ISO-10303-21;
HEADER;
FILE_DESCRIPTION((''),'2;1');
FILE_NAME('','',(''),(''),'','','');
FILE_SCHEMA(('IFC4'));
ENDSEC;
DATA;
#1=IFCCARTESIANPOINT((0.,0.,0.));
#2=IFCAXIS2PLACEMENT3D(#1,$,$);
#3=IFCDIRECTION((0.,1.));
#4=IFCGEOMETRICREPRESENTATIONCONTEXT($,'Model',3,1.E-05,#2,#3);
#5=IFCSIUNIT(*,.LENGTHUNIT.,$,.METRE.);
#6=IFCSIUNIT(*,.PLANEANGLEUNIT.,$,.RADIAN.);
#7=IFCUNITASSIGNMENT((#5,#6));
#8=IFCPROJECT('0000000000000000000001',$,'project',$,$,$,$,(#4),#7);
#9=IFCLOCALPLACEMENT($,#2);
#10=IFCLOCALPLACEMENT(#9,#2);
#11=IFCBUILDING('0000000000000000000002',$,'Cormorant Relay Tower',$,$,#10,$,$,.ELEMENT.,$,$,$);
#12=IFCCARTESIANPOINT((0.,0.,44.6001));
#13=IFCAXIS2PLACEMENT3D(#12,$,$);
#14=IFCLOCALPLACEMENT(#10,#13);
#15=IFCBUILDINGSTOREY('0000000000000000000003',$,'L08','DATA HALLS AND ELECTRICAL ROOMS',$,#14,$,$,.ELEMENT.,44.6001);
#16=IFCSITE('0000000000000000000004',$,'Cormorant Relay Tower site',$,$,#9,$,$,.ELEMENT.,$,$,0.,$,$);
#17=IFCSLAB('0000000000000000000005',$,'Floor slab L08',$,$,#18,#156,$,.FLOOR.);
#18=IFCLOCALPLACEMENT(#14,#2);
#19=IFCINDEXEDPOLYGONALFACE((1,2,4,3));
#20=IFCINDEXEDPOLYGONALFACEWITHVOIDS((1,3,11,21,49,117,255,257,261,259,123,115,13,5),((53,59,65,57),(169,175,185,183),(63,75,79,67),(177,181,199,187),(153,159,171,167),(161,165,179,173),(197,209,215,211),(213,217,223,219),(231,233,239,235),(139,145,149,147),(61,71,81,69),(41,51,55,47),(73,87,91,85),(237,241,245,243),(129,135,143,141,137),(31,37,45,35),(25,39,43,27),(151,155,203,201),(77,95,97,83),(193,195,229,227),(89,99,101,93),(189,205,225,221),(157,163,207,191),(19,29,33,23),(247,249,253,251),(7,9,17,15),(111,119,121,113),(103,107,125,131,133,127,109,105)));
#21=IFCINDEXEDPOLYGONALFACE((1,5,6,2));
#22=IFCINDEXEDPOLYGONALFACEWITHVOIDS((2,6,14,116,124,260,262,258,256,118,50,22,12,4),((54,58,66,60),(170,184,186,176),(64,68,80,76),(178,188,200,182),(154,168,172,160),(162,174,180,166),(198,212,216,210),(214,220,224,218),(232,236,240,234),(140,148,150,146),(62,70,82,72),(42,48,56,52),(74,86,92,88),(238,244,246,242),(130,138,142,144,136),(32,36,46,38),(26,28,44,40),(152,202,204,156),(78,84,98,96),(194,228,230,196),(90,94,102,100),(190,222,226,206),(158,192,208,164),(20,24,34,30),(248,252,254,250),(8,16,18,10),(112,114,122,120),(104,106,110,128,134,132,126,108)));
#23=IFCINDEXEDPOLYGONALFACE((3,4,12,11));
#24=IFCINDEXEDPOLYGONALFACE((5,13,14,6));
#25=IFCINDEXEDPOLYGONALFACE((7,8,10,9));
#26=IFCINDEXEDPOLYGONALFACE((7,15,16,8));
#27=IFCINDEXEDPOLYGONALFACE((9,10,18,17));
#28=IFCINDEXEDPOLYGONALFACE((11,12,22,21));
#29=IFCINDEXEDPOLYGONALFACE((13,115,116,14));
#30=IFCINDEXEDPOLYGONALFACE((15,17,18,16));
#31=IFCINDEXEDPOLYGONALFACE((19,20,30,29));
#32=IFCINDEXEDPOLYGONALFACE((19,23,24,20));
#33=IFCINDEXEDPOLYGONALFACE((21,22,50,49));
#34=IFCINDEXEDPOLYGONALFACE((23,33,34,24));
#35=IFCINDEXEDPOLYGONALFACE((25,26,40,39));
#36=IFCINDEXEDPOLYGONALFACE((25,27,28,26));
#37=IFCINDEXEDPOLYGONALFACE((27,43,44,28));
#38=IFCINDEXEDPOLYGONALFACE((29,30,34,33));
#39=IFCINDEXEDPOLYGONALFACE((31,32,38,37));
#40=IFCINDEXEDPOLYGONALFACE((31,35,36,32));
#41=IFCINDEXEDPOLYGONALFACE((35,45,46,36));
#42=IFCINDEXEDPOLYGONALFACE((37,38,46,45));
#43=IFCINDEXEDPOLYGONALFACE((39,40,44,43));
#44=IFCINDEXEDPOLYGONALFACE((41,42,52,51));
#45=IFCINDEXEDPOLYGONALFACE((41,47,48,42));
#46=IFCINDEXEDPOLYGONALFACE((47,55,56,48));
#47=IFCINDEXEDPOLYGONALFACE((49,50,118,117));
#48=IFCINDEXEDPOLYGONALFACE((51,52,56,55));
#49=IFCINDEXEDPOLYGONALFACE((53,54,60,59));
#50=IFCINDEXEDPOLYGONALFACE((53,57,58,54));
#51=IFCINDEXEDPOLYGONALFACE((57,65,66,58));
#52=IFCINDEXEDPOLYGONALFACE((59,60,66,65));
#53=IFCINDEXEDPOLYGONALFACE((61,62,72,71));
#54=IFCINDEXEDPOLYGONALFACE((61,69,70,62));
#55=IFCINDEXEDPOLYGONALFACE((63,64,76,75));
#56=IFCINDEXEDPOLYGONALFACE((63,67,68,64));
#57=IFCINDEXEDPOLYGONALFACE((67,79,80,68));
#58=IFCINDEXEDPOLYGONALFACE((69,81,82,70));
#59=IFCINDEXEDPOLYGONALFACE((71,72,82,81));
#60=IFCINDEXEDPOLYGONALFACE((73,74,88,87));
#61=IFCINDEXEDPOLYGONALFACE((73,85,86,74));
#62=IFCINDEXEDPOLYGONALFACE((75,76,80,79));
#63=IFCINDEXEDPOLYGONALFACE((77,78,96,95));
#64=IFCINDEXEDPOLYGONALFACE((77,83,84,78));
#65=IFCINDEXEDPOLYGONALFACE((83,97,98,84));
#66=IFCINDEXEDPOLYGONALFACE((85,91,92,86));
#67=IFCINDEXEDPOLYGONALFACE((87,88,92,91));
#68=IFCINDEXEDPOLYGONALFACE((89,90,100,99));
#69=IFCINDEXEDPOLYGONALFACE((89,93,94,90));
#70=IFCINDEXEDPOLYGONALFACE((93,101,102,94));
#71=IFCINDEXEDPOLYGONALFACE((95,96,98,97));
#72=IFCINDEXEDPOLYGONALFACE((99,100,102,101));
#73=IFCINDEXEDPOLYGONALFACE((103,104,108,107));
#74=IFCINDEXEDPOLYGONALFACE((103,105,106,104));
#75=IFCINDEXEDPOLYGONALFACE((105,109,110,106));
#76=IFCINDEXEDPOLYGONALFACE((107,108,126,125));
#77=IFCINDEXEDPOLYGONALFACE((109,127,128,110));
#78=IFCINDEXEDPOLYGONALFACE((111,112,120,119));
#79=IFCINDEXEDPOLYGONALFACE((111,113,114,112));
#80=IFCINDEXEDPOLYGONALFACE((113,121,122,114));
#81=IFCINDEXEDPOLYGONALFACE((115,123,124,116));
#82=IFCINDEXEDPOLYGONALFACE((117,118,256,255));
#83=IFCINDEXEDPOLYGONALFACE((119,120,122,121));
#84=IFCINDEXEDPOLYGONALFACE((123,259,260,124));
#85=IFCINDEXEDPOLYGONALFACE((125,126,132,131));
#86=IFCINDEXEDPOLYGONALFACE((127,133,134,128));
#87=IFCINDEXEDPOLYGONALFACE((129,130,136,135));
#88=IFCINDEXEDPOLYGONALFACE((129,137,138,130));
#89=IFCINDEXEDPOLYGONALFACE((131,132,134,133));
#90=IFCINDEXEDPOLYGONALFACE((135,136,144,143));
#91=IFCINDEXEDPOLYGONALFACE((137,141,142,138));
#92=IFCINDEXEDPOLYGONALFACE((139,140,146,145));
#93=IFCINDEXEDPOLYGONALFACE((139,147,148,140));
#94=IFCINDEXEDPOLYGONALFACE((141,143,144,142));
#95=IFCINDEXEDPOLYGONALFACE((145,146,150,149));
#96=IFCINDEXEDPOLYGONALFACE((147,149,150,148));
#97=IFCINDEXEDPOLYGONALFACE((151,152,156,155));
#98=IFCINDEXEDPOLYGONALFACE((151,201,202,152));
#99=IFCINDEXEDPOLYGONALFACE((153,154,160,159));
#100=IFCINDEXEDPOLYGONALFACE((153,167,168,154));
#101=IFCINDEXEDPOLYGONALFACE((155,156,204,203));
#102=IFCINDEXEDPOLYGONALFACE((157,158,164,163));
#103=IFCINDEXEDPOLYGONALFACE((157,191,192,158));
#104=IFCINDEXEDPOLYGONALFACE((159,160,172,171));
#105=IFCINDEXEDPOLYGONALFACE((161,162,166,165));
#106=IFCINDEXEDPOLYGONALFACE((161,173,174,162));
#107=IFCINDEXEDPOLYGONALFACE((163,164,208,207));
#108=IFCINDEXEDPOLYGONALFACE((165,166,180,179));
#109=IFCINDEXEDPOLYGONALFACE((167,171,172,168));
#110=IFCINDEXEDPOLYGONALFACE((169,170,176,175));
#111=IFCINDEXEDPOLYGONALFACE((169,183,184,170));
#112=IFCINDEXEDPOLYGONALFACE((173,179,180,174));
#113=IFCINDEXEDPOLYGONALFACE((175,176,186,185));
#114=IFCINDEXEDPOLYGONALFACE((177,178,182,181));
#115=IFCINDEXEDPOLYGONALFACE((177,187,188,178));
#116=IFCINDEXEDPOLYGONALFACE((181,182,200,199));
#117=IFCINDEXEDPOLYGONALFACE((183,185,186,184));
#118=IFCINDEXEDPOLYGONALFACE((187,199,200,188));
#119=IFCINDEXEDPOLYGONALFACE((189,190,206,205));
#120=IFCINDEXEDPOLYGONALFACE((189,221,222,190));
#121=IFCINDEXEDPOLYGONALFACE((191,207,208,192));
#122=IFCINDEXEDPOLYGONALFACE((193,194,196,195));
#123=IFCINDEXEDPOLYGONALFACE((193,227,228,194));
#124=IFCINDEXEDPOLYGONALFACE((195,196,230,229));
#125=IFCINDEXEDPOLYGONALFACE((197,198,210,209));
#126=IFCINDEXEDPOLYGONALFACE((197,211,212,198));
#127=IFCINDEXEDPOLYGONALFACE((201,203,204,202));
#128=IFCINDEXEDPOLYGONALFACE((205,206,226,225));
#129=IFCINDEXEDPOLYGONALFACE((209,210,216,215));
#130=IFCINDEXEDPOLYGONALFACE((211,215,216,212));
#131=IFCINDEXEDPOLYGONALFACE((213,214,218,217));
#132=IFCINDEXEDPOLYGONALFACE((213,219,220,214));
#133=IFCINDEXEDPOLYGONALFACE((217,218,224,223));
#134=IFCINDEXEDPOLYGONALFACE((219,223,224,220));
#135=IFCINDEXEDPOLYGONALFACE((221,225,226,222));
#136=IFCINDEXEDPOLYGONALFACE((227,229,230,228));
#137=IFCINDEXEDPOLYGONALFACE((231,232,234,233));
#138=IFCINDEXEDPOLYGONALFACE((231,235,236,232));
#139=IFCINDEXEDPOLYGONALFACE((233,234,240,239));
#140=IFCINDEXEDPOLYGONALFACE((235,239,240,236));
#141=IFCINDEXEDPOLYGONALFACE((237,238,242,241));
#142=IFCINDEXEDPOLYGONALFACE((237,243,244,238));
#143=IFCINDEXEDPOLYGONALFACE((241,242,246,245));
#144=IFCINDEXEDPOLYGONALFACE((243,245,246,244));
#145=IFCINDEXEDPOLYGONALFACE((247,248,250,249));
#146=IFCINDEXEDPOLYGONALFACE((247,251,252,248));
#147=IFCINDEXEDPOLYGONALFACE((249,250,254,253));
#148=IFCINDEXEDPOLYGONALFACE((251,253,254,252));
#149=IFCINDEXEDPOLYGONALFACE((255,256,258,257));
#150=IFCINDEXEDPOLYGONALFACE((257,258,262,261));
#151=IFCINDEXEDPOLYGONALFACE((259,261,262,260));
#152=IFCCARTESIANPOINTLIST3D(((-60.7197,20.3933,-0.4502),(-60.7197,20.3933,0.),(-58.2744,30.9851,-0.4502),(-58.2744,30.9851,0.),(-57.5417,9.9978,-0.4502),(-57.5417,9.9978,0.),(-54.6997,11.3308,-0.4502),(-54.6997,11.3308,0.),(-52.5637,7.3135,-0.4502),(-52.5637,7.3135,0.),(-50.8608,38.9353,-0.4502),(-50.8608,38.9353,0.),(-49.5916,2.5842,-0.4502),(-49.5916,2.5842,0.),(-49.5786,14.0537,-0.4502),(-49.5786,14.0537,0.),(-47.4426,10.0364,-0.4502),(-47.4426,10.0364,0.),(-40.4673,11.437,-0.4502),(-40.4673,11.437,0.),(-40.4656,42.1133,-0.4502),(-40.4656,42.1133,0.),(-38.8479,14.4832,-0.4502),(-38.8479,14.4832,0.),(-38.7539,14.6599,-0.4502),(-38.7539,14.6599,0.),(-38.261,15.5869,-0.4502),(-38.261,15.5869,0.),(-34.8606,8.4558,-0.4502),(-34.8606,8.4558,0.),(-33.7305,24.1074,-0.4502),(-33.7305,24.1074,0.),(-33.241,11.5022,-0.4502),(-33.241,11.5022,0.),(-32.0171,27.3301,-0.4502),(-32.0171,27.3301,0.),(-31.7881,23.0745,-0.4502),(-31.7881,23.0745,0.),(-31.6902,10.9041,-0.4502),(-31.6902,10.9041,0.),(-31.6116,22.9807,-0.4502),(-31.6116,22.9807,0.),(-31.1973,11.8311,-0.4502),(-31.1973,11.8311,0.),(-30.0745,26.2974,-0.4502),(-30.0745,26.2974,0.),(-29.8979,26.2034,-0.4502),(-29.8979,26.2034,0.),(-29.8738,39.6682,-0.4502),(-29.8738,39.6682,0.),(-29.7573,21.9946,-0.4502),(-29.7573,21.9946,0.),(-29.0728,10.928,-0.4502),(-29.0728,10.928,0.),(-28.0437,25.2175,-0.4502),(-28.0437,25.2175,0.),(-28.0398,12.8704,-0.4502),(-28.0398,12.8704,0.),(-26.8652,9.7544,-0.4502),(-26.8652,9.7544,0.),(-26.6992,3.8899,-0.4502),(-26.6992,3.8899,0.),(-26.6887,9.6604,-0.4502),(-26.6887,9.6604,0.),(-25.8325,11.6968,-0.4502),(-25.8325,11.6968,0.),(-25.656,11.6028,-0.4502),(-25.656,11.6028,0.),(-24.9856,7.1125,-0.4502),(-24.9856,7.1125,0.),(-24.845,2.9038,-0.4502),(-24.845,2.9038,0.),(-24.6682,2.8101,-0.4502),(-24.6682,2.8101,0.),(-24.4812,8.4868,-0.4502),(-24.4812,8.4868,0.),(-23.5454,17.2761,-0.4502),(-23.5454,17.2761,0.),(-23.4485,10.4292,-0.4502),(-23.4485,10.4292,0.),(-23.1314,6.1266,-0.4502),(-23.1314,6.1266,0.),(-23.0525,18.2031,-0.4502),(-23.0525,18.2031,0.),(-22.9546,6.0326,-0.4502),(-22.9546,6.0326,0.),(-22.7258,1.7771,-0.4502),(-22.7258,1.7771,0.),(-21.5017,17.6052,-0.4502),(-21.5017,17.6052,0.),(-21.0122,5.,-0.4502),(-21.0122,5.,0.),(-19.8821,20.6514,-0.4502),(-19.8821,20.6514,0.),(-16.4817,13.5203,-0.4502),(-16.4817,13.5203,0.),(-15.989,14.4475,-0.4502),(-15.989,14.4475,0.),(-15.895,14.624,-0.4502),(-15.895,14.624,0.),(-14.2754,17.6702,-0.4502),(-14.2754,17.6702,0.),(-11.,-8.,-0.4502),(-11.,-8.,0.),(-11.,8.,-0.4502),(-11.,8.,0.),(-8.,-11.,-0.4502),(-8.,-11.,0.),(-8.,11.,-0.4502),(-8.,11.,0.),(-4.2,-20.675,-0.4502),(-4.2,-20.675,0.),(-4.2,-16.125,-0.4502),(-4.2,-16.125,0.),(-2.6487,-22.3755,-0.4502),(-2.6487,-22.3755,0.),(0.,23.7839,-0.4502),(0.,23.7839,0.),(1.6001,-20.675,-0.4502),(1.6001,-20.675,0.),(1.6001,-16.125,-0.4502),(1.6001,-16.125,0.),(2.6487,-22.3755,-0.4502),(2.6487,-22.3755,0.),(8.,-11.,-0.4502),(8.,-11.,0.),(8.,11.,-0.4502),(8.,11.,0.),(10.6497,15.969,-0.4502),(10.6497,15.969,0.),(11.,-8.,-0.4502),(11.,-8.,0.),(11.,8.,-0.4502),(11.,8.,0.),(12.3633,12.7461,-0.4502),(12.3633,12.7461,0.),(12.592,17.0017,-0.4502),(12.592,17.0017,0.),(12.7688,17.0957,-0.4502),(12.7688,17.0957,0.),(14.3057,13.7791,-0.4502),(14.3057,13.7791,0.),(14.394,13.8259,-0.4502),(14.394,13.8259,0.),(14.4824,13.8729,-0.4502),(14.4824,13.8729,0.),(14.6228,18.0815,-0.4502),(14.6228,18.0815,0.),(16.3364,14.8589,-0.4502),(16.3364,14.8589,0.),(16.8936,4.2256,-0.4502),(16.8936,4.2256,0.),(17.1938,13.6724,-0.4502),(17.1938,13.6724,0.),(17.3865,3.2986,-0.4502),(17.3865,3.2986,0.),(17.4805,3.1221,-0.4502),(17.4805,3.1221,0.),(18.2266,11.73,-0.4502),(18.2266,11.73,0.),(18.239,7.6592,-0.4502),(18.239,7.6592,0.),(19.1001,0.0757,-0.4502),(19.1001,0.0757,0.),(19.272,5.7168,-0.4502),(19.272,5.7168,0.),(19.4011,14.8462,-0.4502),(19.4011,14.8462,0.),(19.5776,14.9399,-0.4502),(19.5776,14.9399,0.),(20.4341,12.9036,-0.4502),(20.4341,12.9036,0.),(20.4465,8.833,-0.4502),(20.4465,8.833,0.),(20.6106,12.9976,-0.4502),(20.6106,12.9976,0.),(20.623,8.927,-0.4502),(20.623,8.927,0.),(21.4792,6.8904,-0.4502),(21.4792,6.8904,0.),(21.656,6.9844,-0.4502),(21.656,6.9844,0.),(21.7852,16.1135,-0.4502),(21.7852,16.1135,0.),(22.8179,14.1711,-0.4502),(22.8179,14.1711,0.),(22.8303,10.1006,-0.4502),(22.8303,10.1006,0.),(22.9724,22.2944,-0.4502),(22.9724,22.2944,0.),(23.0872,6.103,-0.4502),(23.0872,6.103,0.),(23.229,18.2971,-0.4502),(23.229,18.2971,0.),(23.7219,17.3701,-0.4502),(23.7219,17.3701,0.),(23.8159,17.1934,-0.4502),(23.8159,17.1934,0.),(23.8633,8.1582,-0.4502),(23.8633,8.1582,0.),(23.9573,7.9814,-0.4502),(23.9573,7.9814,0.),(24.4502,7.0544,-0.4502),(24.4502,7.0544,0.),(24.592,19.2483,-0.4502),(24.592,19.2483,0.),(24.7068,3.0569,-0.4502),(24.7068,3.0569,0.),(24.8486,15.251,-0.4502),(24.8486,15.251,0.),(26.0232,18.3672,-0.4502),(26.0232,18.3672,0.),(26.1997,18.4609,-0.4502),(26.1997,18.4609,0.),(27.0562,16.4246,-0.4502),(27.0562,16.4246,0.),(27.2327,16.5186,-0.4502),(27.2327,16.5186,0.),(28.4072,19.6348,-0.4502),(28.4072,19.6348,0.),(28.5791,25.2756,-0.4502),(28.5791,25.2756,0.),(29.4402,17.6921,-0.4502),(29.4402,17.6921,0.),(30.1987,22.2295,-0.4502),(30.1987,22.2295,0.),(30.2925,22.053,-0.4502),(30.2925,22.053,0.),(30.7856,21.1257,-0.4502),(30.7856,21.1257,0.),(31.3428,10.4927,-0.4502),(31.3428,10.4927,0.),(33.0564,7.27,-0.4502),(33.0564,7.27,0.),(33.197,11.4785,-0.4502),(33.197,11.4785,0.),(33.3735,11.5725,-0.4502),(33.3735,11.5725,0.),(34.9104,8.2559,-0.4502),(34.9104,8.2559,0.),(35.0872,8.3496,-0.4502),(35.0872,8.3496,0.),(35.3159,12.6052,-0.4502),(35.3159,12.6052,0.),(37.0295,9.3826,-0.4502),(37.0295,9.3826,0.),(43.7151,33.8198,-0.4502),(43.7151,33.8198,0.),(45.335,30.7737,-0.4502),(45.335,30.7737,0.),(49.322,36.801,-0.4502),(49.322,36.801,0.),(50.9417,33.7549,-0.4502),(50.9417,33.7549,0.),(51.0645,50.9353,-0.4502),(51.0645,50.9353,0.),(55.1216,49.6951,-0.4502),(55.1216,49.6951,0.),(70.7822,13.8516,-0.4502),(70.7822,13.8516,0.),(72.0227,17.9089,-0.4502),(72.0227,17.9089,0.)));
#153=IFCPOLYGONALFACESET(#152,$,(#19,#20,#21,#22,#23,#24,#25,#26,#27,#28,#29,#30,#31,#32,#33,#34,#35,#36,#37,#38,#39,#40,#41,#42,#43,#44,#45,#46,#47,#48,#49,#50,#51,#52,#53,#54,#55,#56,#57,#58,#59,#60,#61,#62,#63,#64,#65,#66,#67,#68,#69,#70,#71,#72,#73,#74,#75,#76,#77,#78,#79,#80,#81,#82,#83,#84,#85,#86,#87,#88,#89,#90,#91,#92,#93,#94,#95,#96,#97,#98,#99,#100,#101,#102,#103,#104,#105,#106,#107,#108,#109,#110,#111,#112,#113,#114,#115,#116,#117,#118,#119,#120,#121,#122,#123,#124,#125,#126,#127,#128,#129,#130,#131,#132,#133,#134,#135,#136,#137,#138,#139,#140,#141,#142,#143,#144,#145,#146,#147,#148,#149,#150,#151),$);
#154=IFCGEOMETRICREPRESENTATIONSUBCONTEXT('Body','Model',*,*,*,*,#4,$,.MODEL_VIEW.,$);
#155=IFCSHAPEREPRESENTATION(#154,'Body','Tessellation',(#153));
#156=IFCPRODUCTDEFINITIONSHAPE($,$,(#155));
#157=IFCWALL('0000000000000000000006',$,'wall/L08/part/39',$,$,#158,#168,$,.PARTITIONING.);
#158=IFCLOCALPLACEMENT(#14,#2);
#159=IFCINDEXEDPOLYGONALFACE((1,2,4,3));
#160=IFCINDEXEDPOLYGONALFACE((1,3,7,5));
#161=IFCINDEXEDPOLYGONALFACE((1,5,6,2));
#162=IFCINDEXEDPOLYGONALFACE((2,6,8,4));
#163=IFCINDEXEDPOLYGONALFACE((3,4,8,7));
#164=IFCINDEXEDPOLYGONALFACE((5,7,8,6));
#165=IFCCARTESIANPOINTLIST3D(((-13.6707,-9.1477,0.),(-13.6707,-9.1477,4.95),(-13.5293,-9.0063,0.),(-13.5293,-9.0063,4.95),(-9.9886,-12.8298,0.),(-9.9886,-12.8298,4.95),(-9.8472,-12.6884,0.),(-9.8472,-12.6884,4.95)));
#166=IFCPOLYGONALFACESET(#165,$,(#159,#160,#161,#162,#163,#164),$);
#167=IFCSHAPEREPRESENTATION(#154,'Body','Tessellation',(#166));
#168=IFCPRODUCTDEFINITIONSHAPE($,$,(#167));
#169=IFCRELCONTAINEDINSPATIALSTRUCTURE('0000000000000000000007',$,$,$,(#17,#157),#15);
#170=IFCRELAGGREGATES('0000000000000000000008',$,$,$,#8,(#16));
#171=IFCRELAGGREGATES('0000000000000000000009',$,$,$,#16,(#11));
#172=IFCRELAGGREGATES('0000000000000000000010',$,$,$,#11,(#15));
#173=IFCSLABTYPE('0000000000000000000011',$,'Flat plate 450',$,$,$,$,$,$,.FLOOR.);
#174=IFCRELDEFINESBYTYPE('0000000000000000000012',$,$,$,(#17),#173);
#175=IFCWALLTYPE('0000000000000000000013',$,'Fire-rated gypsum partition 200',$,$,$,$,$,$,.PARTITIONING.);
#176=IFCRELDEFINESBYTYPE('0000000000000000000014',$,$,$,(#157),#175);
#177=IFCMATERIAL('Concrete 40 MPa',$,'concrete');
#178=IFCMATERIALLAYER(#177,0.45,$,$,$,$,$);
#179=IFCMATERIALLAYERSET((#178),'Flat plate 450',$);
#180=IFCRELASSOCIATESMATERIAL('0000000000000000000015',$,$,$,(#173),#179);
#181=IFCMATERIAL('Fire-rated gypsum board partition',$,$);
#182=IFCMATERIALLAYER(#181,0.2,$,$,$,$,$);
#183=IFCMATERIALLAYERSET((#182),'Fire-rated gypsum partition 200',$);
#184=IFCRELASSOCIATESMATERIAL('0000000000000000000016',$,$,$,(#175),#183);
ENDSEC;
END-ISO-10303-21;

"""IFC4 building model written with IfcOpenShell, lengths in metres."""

from ifc_helpers import new_model, si_unit, direction, frame, frame_2d, origin, place, context, subcontext, project, spatial, polyline, rectangle, outline, extrude, material, layer, layer_set, type_object, element, save


model = new_model("IFC4")

# Units and contexts
model_context = context("Model", 3, precision=1e-05, world=origin(), true_north=direction((0.0, 1.0)))
body_context = subcontext(model_context, "Body", "Model", "MODEL_VIEW")
ifc_project = project(units=[si_unit("LENGTHUNIT", "METRE"), si_unit("PLANEANGLEUNIT", "RADIAN")], contexts=[model_context])

# Site, building, storey
site_placement = place(None, origin())
site = spatial("IfcSite", under=ifc_project, at=site_placement, Name="Cormorant Relay Tower site", CompositionType="ELEMENT", RefElevation=0.0)
building_placement = place(site_placement, origin())
building = spatial("IfcBuilding", under=site, at=building_placement, Name="Cormorant Relay Tower", CompositionType="ELEMENT")
storey_placement = place(building_placement, frame((0.0, 0.0, 44.6001)))
storey = spatial("IfcBuildingStorey", under=building, at=storey_placement, Name="L08", Description="DATA HALLS AND ELECTRICAL ROOMS", CompositionType="ELEMENT", Elevation=44.6001)

# Slab
ifc_material_1 = material(Name="Concrete 40 MPa", Category="concrete")
ifc_layer_1 = layer(ifc_material_1, 0.45)
ifc_layer_set_1 = layer_set([ifc_layer_1], Name="Flat plate 450")
slab_type_1 = type_object("IfcSlabType", Name="Flat plate 450", PredefinedType="FLOOR", material=ifc_layer_set_1)
slab_1_placement = place(storey_placement, frame((0.0, 0.0, -0.4502)))
element("IfcSlab", 1, at=slab_1_placement, inside=storey, type_object=slab_type_1, Name="Floor slab L08", PredefinedType="FLOOR", context=body_context, shape_type="SweptSolid", body=[
    extrude(outline(polyline([(-60.7197, 20.3933), (-58.2744, 30.9851), (-50.8608, 38.9353), (-40.4656, 42.1133), (-29.8738, 39.6682), (0.0, 23.7839), (51.0645, 50.9353), (55.1216, 49.6951), (72.0227, 17.9089), (70.7822, 13.8516), (2.6487, -22.3755), (-2.6487, -22.3755), (-49.5916, 2.5842), (-57.5417, 9.9978), (-60.7197, 20.3933)]), holes=[polyline([(11.0, -8.0), (11.0, 8.0), (8.0, 11.0), (-8.0, 11.0), (-11.0, 8.0), (-11.0, -8.0), (-8.0, -11.0), (8.0, -11.0), (11.0, -8.0)]), polyline([(-4.2, -16.125), (-4.2, -20.675), (1.6001, -20.675), (1.6001, -16.125), (-4.2, -16.125)]), polyline([(-22.9546, 6.0327), (-24.6682, 2.8101), (-22.7258, 1.7771), (-21.0122, 5.0), (-23.043, 6.0796), (-22.9546, 6.0327)]), polyline([(-24.9856, 7.1125), (-26.6992, 3.8899), (-24.845, 2.9038), (-23.1313, 6.1267), (-23.043, 6.0796), (-24.9856, 7.1125)]), polyline([(-24.4812, 8.4868), (-23.4485, 10.4292), (-25.656, 11.6028), (-26.6887, 9.6604), (-24.4812, 8.4868)]), polyline([(-49.5786, 14.0537), (-54.6997, 11.3308), (-52.5637, 7.3135), (-47.4426, 10.0364), (-49.5786, 14.0537)]), polyline([(-25.8325, 11.6968), (-28.0398, 12.8704), (-29.0728, 10.928), (-26.8652, 9.7544), (-25.8325, 11.6968)]), polyline([(-38.8479, 14.4832), (-40.4673, 11.437), (-34.8606, 8.4558), (-33.241, 11.5022), (-38.8479, 14.4832)]), polyline([(-38.261, 15.5869), (-38.7539, 14.6599), (-31.6902, 10.9041), (-31.1973, 11.8311), (-38.261, 15.5869)]), polyline([(14.3057, 13.7791), (12.592, 17.0017), (10.6497, 15.969), (12.3633, 12.7461), (14.394, 13.8259), (14.3057, 13.7791)]), polyline([(16.3364, 14.8589), (14.6228, 18.0815), (12.7688, 17.0957), (14.4824, 13.8728), (14.394, 13.8259), (16.3364, 14.8589)]), polyline([(-16.4817, 13.5203), (-15.989, 14.4475), (-23.0525, 18.2031), (-23.5454, 17.2761), (-16.4817, 13.5203)]), polyline([(-21.5017, 17.6052), (-15.895, 14.624), (-14.2754, 17.6702), (-19.8821, 20.6514), (-21.5017, 17.6052)]), polyline([(-31.6116, 22.9807), (-29.7573, 21.9946), (-28.0437, 25.2175), (-29.8979, 26.2034), (-31.6116, 22.9807)]), polyline([(-33.7305, 24.1074), (-31.7881, 23.0745), (-30.0745, 26.2974), (-32.0171, 27.3301), (-33.7305, 24.1074)]), polyline([(23.0872, 6.103), (17.4805, 3.1221), (19.1001, 0.0757), (24.7068, 3.0569), (23.0872, 6.103)]), polyline([(16.8936, 4.2256), (17.3865, 3.2986), (24.4502, 7.0544), (23.9573, 7.9814), (16.8936, 4.2256)]), polyline([(20.4465, 8.833), (18.239, 7.6592), (19.272, 5.7168), (21.4792, 6.8904), (20.4465, 8.833)]), polyline([(20.623, 8.927), (21.656, 6.9844), (23.8633, 8.1582), (22.8303, 10.1006), (20.623, 8.927)]), polyline([(33.197, 11.4785), (31.3428, 10.4927), (33.0564, 7.27), (34.9104, 8.2559), (33.197, 11.4785)]), polyline([(33.3735, 11.5725), (35.0872, 8.3496), (37.0295, 9.3826), (35.3159, 12.6052), (33.3735, 11.5725)]), polyline([(17.1938, 13.6724), (18.2266, 11.73), (20.4341, 12.9036), (19.4011, 14.8462), (17.1938, 13.6724)]), polyline([(20.6106, 12.9976), (22.8179, 14.1711), (21.7852, 16.1135), (19.5776, 14.9399), (20.6106, 12.9976)]), polyline([(26.0232, 18.3672), (23.8159, 17.1934), (24.8486, 15.251), (27.0562, 16.4246), (26.0232, 18.3672)]), polyline([(29.4402, 17.6921), (28.4072, 19.6348), (26.1997, 18.4609), (27.2327, 16.5186), (29.4402, 17.6921)]), polyline([(30.7856, 21.1257), (30.2925, 22.053), (23.229, 18.2971), (23.7219, 17.3701), (30.7856, 21.1257)]), polyline([(24.592, 19.2483), (30.1987, 22.2295), (28.5791, 25.2756), (22.9724, 22.2944), (24.592, 19.2483)]), polyline([(45.335, 30.7737), (50.9417, 33.7549), (49.322, 36.801), (43.7151, 33.8198), (45.335, 30.7737)])]), origin(), (0.0, 0.0, 1.0), 0.4502),
])

# Wall
ifc_material_2 = material(Name="Fire-rated gypsum board partition")
ifc_layer_2 = layer(ifc_material_2, 0.2)
ifc_layer_set_2 = layer_set([ifc_layer_2], Name="Fire-rated gypsum partition 200")
wall_type_1 = type_object("IfcWallType", Name="Fire-rated gypsum partition 200", PredefinedType="PARTITIONING", material=ifc_layer_set_2)
wall_1_placement = place(storey_placement, frame((-9.918, -12.759, 0.0), z_axis=(0.0, 0.0, 1.0), x_axis=(-0.707107, 0.707107, 0.0)))
element("IfcWall", 2, at=wall_1_placement, inside=storey, type_object=wall_type_1, Name="wall/L08/part/39", PredefinedType="PARTITIONING", context=body_context, shape_type="SweptSolid", body=[
    extrude(rectangle(XDim=5.2073, YDim=0.2, at=frame_2d((2.6035, 0.0))), origin(), (0.0, 0.0, 1.0), 4.95),
])

save(model, "model.ifc")
